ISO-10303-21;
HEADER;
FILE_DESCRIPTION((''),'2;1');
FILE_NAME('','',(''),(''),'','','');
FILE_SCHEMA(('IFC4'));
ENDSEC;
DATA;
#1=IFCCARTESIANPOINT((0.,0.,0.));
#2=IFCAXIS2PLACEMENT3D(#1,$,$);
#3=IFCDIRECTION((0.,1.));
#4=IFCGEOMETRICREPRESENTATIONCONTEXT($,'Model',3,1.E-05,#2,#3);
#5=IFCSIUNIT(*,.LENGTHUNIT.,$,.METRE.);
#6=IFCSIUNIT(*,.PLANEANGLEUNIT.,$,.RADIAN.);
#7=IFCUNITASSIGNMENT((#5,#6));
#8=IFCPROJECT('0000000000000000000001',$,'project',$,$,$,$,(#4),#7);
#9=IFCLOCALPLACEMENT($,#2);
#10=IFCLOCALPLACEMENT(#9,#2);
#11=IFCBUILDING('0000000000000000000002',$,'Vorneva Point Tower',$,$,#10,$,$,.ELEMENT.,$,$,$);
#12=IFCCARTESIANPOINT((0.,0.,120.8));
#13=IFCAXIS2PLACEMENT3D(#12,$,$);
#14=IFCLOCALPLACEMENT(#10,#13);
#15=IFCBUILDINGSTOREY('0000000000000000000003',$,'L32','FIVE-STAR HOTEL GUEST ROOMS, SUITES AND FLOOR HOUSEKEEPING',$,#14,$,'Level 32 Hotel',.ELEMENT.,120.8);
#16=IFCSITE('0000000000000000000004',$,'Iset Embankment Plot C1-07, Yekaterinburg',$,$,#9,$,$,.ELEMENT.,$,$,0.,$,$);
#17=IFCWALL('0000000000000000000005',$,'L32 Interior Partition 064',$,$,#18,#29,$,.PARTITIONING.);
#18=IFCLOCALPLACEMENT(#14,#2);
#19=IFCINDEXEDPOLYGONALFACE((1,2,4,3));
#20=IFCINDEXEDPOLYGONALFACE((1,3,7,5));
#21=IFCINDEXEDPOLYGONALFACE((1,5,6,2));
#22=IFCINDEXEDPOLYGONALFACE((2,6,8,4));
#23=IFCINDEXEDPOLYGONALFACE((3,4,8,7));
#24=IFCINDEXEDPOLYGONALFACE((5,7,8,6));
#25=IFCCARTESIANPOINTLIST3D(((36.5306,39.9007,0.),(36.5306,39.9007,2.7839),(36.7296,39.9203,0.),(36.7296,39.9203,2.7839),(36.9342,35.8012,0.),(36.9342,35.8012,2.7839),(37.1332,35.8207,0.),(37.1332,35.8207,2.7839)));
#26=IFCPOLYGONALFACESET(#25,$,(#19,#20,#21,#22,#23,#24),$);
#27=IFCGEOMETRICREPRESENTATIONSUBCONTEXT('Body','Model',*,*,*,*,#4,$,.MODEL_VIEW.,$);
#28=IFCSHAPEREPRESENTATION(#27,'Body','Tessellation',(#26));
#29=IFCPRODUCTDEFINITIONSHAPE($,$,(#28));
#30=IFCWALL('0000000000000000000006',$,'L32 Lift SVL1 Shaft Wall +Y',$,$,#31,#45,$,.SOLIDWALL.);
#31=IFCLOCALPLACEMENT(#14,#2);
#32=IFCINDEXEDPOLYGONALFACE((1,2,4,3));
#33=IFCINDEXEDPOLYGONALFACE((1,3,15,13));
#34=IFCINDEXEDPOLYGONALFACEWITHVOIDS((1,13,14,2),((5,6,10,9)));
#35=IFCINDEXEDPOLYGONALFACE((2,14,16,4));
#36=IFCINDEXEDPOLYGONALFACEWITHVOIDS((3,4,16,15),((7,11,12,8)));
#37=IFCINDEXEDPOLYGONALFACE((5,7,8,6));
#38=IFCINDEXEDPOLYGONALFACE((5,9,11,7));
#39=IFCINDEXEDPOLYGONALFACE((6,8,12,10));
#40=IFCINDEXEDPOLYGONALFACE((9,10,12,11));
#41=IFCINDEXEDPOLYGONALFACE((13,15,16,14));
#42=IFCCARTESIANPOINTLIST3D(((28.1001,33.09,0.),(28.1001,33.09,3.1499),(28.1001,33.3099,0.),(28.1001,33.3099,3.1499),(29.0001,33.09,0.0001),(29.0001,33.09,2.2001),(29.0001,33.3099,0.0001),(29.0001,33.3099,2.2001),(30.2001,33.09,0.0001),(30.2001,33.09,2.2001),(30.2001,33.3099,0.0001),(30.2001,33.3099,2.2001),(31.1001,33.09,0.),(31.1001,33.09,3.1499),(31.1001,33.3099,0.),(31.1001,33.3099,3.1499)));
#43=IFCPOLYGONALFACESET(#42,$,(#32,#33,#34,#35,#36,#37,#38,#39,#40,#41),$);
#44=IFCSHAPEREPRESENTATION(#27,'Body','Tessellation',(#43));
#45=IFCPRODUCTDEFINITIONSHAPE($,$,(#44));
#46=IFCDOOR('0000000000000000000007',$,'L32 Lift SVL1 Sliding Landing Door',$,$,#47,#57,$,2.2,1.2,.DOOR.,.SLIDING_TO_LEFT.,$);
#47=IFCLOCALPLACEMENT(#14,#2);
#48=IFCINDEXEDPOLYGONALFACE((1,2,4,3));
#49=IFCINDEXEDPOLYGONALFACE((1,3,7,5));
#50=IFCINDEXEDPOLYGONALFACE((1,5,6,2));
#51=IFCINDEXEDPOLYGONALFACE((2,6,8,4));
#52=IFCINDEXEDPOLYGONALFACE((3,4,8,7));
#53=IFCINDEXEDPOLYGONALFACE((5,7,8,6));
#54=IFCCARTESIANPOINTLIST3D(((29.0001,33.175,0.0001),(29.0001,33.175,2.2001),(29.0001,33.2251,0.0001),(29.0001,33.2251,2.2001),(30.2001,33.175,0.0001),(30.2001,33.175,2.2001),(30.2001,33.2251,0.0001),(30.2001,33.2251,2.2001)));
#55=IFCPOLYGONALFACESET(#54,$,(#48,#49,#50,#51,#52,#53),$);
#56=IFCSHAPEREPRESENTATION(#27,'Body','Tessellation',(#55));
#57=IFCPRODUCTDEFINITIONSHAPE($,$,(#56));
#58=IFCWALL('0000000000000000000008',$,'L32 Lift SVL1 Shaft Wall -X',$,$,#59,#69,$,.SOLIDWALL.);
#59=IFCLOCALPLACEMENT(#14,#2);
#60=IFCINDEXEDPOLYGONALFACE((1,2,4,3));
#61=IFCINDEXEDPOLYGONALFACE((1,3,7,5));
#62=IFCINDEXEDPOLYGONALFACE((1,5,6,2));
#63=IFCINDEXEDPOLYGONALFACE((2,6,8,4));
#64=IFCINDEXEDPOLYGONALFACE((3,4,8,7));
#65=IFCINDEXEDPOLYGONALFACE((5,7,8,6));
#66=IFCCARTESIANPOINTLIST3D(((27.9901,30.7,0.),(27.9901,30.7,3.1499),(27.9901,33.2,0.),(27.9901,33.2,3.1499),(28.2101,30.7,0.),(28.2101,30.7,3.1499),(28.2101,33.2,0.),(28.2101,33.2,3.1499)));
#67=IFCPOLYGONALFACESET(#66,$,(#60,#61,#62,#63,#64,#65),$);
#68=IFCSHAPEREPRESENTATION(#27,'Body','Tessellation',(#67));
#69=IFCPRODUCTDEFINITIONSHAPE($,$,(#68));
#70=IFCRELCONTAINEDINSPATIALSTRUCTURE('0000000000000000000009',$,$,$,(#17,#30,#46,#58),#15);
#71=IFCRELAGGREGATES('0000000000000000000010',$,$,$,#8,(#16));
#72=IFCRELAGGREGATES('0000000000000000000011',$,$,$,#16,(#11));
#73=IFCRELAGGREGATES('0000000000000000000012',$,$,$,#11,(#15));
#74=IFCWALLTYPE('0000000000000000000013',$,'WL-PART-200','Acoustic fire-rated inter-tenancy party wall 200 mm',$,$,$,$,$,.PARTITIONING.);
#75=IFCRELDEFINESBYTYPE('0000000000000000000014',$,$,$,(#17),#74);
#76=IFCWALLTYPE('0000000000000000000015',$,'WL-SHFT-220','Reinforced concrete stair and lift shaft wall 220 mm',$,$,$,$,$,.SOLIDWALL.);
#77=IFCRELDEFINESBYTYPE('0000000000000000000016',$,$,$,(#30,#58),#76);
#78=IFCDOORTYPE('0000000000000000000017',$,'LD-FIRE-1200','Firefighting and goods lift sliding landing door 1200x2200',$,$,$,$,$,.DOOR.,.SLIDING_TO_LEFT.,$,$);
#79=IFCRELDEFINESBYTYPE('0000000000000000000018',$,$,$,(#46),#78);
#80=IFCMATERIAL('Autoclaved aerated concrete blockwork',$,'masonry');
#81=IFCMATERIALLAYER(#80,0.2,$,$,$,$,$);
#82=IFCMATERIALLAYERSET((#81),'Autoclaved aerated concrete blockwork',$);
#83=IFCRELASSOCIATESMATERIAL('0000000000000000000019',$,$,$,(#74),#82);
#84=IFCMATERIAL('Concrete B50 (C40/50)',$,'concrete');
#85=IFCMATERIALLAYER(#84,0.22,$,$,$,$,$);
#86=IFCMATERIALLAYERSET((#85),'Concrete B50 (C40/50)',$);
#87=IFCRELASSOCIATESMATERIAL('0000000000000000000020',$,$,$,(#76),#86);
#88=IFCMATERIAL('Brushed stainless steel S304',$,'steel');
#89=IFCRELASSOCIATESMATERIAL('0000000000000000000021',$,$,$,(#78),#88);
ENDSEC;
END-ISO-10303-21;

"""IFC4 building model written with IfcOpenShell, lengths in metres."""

from ifc_helpers import new_model, si_unit, direction, frame, frame_2d, origin, place, context, subcontext, project, spatial, rectangle, extrude, material, layer, layer_set, type_object, element, fill, save


model = new_model("IFC4")

# Units and contexts
model_context = context("Model", 3, precision=1e-05, world=origin(), true_north=direction((0.0, 1.0)))
body_context = subcontext(model_context, "Body", "Model", "MODEL_VIEW")
ifc_project = project(units=[si_unit("LENGTHUNIT", "METRE"), si_unit("PLANEANGLEUNIT", "RADIAN")], contexts=[model_context])

# Site, building, storey
site_placement = place(None, origin())
site = spatial("IfcSite", under=ifc_project, at=site_placement, Name="Iset Embankment Plot C1-07, Yekaterinburg", CompositionType="ELEMENT", RefElevation=0.0)
building_placement = place(site_placement, origin())
building = spatial("IfcBuilding", under=site, at=building_placement, Name="Vorneva Point Tower", CompositionType="ELEMENT")
storey_placement = place(building_placement, frame((0.0, 0.0, 120.8)))
storey = spatial("IfcBuildingStorey", under=building, at=storey_placement, Name="L32", Description="FIVE-STAR HOTEL GUEST ROOMS, SUITES AND FLOOR HOUSEKEEPING", LongName="Level 32 Hotel", CompositionType="ELEMENT", Elevation=120.8)

# Shared definitions
ifc_material_1 = material(Name="Autoclaved aerated concrete blockwork", Category="masonry")

# Wall
ifc_layer_1 = layer(ifc_material_1, 0.2)
ifc_layer_set_1 = layer_set([ifc_layer_1], Name="Autoclaved aerated concrete blockwork")
wall_type_1 = type_object("IfcWallType", Name="WL-PART-200", Description="Acoustic fire-rated inter-tenancy party wall 200 mm", PredefinedType="PARTITIONING", material=ifc_layer_set_1)
wall_1_placement = place(storey_placement, frame((36.6301, 39.9104, 0.0), z_axis=(0.0, 0.0, 1.0), x_axis=(0.097966, -0.99519, 0.0)))
element("IfcWall", 1, at=wall_1_placement, inside=storey, type_object=wall_type_1, Name="L32 Interior Partition 064", PredefinedType="PARTITIONING", context=body_context, shape_type="SweptSolid", body=[
    extrude(rectangle(XDim=4.1194, YDim=0.2, at=frame_2d((2.0596, 0.0))), origin(), (0.0, 0.0, 1.0), 2.7839),
])

# Wall, opening, door
ifc_material_2 = material(Name="Concrete B50 (C40/50)", Category="concrete")
ifc_layer_2 = layer(ifc_material_2, 0.22)
ifc_layer_set_2 = layer_set([ifc_layer_2], Name="Concrete B50 (C40/50)")
wall_type_2 = type_object("IfcWallType", Name="WL-SHFT-220", Description="Reinforced concrete stair and lift shaft wall 220 mm", PredefinedType="SOLIDWALL", material=ifc_layer_set_2)
wall_2_placement = place(storey_placement, frame((31.1001, 33.2, 0.0), z_axis=(0.0, 0.0, 1.0), x_axis=(-1.0, 0.0, 0.0)))
wall_2 = element("IfcWall", 2, at=wall_2_placement, inside=storey, type_object=wall_type_2, Name="L32 Lift SVL1 Shaft Wall +Y", PredefinedType="SOLIDWALL", context=body_context, shape_type="SweptSolid", body=[
    extrude(rectangle(XDim=3.0, YDim=0.22, at=frame_2d((1.5, 0.0))), origin(), (0.0, 0.0, 1.0), 3.1499),
])
opening_1_placement = place(wall_2_placement, frame((0.8999, 0.0, 0.0)))
opening_1 = element("IfcOpeningElement", 3, at=opening_1_placement, cuts=wall_2, PredefinedType="OPENING", context=body_context, shape_type="SweptSolid", body=[
    extrude(rectangle(XDim=1.2, YDim=2.2, at=frame_2d((0.6001, 1.1001))), frame((0.0, 0.125, 0.0), z_axis=(0.0, -1.0, 0.0), x_axis=(1.0, 0.0, 0.0)), (0.0, 0.0, 1.0), 0.2498),
])
ifc_material_3 = material(Name="Brushed stainless steel S304", Category="steel")
door_type_1 = type_object("IfcDoorType", Name="LD-FIRE-1200", Description="Firefighting and goods lift sliding landing door 1200x2200", OperationType="SLIDING_TO_LEFT", PredefinedType="DOOR", material=ifc_material_3)
door_1_placement = place(opening_1_placement, origin())
door_1 = element("IfcDoor", 4, at=door_1_placement, inside=storey, type_object=door_type_1, Name="L32 Lift SVL1 Sliding Landing Door", OperationType="SLIDING_TO_LEFT", OverallHeight=2.2, OverallWidth=1.2, PredefinedType="DOOR", context=body_context, shape_type="SweptSolid", body=[
    extrude(rectangle(XDim=1.2, YDim=2.2, at=frame_2d((0.6001, 1.1001))), frame((0.0, 0.0249, 0.0), z_axis=(0.0, -1.0, 0.0), x_axis=(1.0, 0.0, 0.0)), (0.0, 0.0, 1.0), 0.05),
])
fill(opening_1, door_1)

# Wall
wall_3_placement = place(storey_placement, frame((28.1001, 33.2, 0.0), z_axis=(0.0, 0.0, 1.0), x_axis=(0.0, -1.0, 0.0)))
element("IfcWall", 5, at=wall_3_placement, inside=storey, type_object=wall_type_2, Name="L32 Lift SVL1 Shaft Wall -X", PredefinedType="SOLIDWALL", context=body_context, shape_type="SweptSolid", body=[
    extrude(rectangle(XDim=2.5, YDim=0.22, at=frame_2d((1.25, 0.0))), origin(), (0.0, 0.0, 1.0), 3.1499),
])

save(model, "model.ifc")
